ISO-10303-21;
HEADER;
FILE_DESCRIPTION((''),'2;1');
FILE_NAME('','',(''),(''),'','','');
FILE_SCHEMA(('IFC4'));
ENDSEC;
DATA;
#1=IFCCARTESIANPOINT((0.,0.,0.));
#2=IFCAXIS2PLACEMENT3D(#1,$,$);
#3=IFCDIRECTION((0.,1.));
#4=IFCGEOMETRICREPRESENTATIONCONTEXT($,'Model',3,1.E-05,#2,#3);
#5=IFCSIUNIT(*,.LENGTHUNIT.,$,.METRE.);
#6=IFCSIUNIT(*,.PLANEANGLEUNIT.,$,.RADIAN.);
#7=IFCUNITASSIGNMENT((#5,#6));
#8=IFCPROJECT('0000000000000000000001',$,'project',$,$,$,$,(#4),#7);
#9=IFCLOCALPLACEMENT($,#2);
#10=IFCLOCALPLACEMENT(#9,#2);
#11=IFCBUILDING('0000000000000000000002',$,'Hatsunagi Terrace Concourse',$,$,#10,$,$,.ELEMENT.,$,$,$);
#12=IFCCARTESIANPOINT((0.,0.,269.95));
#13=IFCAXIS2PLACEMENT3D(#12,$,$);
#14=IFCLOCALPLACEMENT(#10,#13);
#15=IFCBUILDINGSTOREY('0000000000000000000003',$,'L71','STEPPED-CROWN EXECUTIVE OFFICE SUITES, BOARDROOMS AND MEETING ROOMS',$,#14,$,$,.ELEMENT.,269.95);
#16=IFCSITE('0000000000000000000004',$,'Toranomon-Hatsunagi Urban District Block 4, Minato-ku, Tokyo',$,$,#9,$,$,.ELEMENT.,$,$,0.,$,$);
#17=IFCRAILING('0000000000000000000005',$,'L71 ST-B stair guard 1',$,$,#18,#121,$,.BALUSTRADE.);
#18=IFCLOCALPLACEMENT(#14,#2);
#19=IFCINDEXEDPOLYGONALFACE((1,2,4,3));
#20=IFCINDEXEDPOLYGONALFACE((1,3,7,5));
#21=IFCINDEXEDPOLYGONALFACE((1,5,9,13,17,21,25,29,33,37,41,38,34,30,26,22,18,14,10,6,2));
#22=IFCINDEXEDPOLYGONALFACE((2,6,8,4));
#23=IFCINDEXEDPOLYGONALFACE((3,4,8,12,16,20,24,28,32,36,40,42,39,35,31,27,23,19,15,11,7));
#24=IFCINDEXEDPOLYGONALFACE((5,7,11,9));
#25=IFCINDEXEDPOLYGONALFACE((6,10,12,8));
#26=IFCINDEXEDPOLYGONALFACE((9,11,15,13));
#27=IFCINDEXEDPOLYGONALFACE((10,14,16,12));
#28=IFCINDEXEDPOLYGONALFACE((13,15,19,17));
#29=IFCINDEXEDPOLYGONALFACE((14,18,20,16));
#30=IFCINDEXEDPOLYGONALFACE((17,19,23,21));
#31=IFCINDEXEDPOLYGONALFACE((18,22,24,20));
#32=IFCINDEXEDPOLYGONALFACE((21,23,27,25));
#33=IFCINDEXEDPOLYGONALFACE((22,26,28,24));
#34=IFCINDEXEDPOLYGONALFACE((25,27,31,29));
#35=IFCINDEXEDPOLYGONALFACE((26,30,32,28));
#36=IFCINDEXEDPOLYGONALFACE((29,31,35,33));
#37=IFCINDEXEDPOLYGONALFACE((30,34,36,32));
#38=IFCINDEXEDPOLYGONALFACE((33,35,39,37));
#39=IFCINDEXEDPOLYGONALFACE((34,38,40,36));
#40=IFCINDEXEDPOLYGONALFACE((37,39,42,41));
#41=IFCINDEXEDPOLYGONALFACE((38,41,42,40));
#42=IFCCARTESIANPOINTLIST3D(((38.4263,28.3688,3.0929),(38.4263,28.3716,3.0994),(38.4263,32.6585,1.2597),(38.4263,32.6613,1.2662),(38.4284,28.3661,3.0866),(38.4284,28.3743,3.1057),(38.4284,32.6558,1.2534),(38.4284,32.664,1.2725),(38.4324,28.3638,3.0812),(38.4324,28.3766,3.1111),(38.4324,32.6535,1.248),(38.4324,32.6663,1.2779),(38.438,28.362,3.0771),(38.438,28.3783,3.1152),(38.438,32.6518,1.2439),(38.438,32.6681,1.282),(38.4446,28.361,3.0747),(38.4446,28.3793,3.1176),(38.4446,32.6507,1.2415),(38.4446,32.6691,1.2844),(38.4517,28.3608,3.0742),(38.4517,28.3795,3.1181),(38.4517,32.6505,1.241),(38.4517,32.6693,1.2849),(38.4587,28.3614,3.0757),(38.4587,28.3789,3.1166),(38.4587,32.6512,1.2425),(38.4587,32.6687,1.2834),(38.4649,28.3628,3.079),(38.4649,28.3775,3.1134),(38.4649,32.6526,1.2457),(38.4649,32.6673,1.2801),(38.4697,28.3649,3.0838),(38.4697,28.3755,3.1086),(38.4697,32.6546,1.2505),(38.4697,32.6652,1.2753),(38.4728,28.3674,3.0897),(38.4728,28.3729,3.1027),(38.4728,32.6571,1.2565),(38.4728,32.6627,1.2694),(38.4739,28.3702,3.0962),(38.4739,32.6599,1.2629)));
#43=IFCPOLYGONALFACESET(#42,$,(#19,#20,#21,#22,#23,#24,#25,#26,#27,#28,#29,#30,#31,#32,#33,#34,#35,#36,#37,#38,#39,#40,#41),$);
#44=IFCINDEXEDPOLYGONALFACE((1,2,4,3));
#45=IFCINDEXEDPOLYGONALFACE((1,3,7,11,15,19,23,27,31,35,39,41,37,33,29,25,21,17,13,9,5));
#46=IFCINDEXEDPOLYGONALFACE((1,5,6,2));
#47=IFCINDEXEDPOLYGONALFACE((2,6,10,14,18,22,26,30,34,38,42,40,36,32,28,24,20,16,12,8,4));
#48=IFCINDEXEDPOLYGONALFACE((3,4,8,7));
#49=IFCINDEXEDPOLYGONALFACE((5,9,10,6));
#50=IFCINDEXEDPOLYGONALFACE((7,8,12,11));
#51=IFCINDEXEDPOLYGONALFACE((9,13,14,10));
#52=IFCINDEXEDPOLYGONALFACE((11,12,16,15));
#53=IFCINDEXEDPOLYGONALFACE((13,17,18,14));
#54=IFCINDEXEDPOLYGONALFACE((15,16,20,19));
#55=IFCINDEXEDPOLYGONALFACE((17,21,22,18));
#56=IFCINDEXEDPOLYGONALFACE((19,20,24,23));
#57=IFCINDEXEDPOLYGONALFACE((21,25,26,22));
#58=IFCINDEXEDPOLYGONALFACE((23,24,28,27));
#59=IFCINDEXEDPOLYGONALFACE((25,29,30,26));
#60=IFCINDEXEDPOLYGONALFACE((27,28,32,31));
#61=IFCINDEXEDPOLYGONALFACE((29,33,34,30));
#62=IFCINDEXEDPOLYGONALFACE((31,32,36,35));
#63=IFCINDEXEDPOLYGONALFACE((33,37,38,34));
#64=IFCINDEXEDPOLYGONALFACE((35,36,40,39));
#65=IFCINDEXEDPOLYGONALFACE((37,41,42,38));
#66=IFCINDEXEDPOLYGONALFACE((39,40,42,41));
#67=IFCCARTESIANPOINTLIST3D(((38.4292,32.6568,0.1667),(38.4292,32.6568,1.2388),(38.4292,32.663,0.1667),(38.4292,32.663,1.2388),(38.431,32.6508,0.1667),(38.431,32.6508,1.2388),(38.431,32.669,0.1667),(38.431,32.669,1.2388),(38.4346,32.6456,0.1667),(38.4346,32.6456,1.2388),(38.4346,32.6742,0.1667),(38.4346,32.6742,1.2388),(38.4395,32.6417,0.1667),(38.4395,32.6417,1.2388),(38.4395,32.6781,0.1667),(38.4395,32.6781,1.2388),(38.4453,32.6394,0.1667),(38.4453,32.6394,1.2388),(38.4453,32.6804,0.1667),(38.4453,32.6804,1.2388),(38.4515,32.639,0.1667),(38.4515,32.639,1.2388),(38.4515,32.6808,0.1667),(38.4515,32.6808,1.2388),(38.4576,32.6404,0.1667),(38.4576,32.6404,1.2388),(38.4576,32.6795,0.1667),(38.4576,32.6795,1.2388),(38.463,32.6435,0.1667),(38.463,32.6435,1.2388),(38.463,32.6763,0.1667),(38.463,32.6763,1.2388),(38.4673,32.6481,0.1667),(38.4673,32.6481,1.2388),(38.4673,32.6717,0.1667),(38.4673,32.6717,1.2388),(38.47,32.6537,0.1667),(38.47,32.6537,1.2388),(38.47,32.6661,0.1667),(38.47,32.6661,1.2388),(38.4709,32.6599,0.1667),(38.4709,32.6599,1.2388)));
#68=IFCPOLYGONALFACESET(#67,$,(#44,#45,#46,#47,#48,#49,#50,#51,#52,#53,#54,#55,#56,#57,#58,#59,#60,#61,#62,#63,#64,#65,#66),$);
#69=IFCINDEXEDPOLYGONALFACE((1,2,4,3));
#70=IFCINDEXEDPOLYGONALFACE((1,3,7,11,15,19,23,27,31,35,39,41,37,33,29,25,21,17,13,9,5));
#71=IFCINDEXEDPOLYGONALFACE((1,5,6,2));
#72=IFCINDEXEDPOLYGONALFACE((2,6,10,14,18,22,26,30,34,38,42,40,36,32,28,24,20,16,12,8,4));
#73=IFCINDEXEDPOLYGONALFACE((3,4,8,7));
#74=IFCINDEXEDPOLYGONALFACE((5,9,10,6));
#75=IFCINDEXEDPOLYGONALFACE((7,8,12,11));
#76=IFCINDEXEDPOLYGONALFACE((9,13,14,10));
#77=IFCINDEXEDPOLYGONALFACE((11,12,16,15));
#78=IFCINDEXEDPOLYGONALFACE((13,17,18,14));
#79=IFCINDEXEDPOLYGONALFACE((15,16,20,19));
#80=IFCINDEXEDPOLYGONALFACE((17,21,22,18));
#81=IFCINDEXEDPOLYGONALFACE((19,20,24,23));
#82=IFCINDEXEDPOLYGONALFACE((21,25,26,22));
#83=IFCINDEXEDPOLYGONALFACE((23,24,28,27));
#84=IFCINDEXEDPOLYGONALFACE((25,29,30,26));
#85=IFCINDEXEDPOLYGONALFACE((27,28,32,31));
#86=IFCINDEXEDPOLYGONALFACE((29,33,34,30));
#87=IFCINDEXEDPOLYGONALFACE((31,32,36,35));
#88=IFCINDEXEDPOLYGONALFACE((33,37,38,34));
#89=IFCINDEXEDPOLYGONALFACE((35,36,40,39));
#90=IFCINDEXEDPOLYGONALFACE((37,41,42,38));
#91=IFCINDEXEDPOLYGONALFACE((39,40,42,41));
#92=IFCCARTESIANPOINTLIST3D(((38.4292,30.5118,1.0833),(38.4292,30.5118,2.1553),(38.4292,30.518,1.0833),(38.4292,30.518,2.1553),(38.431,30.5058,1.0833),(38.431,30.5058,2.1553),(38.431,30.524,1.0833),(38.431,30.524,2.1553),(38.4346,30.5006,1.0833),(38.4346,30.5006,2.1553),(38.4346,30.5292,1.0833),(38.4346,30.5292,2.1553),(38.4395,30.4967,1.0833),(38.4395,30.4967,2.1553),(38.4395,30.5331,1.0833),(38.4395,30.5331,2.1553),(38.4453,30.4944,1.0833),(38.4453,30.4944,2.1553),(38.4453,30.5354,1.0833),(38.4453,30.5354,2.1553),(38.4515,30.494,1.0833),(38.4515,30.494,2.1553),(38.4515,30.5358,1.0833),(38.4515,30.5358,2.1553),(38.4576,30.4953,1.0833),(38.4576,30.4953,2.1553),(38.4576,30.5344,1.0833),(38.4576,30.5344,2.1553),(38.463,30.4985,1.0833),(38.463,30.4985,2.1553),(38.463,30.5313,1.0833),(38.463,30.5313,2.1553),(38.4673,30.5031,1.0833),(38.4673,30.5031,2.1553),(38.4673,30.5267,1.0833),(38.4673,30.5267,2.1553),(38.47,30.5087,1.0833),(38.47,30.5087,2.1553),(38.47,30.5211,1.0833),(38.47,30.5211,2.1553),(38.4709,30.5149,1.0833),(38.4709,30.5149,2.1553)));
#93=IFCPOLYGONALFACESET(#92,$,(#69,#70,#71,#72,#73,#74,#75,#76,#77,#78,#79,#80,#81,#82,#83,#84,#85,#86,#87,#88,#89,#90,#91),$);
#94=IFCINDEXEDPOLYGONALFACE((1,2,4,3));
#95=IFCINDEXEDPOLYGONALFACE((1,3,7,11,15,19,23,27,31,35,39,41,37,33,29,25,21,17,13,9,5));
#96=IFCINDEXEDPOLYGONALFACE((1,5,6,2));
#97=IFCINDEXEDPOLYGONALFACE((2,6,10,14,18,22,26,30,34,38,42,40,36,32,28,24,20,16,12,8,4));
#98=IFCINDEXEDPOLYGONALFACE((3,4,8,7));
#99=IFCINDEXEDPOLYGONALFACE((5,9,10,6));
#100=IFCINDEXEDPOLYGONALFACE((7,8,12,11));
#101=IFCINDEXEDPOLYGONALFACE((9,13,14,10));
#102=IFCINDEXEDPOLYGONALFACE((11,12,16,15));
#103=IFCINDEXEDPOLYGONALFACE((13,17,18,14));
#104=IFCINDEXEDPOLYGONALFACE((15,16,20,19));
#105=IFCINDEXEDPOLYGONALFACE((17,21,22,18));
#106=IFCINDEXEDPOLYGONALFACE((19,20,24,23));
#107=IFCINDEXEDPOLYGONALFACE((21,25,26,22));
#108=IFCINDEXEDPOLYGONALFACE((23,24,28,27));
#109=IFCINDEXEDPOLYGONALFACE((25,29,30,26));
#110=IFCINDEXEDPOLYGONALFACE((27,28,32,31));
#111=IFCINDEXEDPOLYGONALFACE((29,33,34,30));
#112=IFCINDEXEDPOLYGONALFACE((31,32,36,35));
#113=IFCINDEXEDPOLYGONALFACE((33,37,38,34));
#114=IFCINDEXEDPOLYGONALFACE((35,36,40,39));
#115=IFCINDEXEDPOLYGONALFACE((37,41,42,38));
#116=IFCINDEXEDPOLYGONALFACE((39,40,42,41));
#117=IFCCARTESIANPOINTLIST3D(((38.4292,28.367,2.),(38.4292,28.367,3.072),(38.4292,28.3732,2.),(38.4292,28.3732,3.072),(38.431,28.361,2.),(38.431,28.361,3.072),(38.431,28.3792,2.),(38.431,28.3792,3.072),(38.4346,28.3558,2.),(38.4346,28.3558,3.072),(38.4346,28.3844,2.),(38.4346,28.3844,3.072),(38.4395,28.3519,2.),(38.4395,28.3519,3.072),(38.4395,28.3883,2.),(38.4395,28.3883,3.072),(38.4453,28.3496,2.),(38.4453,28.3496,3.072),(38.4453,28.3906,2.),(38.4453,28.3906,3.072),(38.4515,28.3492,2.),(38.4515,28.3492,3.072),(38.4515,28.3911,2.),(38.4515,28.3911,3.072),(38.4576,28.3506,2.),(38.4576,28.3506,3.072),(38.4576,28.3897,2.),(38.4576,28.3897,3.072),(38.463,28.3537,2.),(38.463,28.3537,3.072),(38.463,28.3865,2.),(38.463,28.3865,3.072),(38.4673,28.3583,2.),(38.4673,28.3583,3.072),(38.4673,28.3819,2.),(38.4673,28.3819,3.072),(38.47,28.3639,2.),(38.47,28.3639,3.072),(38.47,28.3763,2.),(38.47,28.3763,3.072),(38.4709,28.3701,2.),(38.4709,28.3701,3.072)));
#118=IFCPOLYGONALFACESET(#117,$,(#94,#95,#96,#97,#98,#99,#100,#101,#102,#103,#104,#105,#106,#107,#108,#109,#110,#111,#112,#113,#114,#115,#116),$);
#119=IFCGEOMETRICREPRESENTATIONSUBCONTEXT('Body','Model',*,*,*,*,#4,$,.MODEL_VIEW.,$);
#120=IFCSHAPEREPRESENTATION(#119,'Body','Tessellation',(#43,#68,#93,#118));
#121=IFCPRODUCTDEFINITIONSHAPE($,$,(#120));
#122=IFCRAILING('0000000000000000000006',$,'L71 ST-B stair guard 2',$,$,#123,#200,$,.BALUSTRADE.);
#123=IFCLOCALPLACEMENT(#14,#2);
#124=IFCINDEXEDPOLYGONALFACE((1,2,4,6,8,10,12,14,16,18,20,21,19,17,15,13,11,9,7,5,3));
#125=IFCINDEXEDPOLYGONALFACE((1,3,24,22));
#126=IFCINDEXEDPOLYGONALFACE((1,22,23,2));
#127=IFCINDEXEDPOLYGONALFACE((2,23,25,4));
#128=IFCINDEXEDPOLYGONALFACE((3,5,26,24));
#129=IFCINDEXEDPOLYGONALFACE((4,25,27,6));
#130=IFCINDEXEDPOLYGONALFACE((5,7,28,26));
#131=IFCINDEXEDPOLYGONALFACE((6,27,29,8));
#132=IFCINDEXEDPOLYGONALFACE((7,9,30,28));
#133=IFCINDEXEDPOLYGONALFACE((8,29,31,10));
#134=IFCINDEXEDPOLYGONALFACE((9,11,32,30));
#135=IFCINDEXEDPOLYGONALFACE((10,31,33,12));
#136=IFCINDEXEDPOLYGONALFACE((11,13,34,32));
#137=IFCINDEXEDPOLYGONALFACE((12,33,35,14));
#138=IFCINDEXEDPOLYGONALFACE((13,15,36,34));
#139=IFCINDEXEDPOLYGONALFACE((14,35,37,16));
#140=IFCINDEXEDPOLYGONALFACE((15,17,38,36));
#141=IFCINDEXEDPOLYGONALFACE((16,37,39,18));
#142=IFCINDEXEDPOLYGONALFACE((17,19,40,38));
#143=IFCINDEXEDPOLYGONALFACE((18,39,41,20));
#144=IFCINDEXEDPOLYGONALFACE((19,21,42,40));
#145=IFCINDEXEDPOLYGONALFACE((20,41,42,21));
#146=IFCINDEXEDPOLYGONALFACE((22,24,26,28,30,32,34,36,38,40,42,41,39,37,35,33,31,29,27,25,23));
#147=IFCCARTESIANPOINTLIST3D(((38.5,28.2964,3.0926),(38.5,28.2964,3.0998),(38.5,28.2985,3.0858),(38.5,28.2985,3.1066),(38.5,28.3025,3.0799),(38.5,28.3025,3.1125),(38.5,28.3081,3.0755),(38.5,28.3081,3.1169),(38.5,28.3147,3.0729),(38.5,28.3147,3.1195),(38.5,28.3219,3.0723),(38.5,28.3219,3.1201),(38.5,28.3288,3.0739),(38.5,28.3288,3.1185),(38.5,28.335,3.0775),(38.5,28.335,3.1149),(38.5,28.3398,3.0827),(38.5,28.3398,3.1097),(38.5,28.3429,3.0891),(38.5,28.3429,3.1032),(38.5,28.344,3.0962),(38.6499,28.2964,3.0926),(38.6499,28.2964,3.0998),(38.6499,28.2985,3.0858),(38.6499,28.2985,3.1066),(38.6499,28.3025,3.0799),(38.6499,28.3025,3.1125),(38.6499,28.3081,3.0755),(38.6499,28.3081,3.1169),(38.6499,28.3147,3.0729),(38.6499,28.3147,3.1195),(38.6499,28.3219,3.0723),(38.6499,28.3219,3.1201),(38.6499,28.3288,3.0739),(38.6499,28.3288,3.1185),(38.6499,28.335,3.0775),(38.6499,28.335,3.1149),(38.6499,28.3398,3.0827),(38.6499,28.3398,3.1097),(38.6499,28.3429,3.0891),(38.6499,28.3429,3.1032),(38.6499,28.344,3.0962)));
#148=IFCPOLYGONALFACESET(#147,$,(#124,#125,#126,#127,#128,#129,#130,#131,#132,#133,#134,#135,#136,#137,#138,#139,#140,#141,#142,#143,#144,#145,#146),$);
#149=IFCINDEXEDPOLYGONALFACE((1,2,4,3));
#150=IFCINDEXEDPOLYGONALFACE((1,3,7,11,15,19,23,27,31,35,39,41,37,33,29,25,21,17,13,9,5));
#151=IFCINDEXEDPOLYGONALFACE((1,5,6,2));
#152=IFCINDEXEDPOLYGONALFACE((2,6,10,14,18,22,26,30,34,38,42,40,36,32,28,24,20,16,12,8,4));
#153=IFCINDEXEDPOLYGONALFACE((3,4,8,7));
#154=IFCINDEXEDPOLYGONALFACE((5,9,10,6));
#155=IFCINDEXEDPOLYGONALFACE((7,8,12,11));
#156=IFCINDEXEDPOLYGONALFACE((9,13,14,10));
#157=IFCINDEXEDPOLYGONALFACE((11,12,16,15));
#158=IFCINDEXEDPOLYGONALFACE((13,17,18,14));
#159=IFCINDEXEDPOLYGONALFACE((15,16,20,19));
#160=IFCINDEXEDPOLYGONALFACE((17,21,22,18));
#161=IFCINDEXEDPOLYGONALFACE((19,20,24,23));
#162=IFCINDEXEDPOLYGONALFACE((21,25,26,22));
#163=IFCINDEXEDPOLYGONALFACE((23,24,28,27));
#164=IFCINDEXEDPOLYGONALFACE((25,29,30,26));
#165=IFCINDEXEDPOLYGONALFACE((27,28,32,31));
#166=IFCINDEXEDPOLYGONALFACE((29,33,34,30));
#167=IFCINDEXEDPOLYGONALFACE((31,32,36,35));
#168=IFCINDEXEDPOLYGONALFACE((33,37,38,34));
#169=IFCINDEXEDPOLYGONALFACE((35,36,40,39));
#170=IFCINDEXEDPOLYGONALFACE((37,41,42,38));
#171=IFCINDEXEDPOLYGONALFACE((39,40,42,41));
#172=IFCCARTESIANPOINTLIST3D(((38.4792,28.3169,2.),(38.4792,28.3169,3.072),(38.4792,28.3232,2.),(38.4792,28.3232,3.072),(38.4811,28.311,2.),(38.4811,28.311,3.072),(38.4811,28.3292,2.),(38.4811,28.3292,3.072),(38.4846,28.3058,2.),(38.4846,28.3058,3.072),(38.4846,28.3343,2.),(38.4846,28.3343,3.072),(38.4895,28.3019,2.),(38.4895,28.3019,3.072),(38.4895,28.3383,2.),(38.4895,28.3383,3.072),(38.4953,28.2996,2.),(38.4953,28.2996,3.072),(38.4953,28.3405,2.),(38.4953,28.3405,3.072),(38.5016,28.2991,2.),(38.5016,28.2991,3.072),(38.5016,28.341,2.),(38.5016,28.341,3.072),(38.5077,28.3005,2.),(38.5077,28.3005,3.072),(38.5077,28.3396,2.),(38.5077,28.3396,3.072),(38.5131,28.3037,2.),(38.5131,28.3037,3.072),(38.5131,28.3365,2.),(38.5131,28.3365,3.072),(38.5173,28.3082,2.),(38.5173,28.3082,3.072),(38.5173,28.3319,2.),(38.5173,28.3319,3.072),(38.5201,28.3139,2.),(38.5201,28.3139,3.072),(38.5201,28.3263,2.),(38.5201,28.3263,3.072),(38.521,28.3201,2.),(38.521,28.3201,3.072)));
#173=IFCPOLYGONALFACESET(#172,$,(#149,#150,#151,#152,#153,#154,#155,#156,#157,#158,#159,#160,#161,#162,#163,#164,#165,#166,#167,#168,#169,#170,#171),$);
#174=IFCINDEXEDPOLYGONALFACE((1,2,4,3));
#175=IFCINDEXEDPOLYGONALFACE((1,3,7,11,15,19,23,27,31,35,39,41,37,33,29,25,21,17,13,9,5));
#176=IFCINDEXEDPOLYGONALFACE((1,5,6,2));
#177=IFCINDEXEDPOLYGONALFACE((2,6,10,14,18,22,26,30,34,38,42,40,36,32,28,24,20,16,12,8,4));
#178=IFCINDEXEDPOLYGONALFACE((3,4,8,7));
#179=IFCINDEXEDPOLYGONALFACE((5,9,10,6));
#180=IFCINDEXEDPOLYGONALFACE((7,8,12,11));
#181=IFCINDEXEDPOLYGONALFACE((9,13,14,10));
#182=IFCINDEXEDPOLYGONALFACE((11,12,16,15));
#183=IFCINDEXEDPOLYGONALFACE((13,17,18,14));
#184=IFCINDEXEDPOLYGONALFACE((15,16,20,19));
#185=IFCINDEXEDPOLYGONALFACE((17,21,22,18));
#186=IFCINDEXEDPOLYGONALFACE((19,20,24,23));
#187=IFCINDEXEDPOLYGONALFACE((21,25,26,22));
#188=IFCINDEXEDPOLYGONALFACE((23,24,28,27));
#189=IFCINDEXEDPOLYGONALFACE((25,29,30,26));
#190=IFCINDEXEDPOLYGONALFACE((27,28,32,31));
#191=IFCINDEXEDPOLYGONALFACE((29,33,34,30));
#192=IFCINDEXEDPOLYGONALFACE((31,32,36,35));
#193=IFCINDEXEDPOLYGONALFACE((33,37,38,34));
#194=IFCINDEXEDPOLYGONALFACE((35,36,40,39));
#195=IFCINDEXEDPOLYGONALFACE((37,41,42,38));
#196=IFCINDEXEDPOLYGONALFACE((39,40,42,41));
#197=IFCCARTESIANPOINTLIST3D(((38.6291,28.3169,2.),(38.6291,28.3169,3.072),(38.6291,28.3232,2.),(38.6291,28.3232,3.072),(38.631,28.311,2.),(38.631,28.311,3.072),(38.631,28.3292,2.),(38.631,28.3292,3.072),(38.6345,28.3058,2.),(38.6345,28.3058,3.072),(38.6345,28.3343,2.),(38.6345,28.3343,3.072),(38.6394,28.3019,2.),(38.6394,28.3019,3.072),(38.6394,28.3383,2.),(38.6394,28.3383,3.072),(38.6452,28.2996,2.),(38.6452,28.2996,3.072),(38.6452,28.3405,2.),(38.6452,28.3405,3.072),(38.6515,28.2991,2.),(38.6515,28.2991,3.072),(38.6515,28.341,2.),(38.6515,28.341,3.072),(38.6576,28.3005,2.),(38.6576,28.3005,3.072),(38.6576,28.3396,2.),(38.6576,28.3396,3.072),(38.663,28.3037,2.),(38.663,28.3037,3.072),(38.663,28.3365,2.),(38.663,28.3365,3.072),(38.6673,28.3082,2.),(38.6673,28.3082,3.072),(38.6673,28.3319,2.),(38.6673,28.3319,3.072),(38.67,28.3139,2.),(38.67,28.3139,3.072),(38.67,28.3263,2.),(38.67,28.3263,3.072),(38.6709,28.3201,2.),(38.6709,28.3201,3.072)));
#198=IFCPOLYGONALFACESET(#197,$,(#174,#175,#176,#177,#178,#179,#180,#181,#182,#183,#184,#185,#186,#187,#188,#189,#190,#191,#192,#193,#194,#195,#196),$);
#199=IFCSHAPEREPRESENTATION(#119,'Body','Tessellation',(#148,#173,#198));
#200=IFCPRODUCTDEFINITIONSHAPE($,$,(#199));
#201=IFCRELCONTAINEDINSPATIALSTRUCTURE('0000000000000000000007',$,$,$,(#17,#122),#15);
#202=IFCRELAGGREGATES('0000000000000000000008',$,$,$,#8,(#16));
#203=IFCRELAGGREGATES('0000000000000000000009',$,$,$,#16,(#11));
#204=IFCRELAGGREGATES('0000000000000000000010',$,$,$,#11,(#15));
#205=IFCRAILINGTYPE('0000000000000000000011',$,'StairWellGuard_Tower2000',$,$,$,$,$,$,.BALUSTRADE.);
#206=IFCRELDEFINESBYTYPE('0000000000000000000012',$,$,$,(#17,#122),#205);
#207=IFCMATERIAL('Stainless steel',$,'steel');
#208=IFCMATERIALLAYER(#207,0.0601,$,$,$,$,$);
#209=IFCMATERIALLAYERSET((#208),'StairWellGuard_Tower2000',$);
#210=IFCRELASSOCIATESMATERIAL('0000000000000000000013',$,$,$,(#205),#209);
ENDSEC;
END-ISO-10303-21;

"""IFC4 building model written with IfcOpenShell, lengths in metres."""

from ifc_helpers import new_model, si_unit, direction, frame, origin, origin_2d, place, context, subcontext, project, spatial, circle, extrude, material, layer, layer_set, type_object, element, save


model = new_model("IFC4")

# Units and contexts
model_context = context("Model", 3, precision=1e-05, world=origin(), true_north=direction((0.0, 1.0)))
body_context = subcontext(model_context, "Body", "Model", "MODEL_VIEW")
ifc_project = project(units=[si_unit("LENGTHUNIT", "METRE"), si_unit("PLANEANGLEUNIT", "RADIAN")], contexts=[model_context])

# Site, building, storey
site_placement = place(None, origin())
site = spatial("IfcSite", under=ifc_project, at=site_placement, Name="Toranomon-Hatsunagi Urban District Block 4, Minato-ku, Tokyo", CompositionType="ELEMENT", RefElevation=0.0)
building_placement = place(site_placement, origin())
building = spatial("IfcBuilding", under=site, at=building_placement, Name="Hatsunagi Terrace Concourse", CompositionType="ELEMENT")
storey_placement = place(building_placement, frame((0.0, 0.0, 269.95)))
storey = spatial("IfcBuildingStorey", under=building, at=storey_placement, Name="L71", Description="STEPPED-CROWN EXECUTIVE OFFICE SUITES, BOARDROOMS AND MEETING ROOMS", CompositionType="ELEMENT", Elevation=269.95)

# Railings
ifc_material_1 = material(Name="Stainless steel", Category="steel")
ifc_layer_1 = layer(ifc_material_1, 0.0601)
ifc_layer_set_1 = layer_set([ifc_layer_1], Name="StairWellGuard_Tower2000")
railing_type_1 = type_object("IfcRailingType", Name="StairWellGuard_Tower2000", PredefinedType="BALUSTRADE", material=ifc_layer_set_1)
railing_1_placement = place(storey_placement, frame((38.45, 32.6599, 0.1667)))
element("IfcRailing", 1, at=railing_1_placement, inside=storey, type_object=railing_type_1, Name="L71 ST-B stair guard 1", PredefinedType="BALUSTRADE", context=body_context, shape_type="SweptSolid", body=[
    extrude(circle(Radius=0.0239, at=origin_2d()), frame((0.0, 0.0, 1.0962), z_axis=(0.0, -0.919551, 0.392972), x_axis=(1.0, 0.0, 0.0)), (0.0, 0.0, 1.0), 4.665),
    extrude(circle(Radius=0.021, at=origin_2d()), origin(), (0.0, 0.0, 1.0), 1.072),
    extrude(circle(Radius=0.021, at=origin_2d()), frame((0.0, -2.145, 0.9165)), (0.0, 0.0, 1.0), 1.072),
    extrude(circle(Radius=0.021, at=origin_2d()), frame((0.0, -4.2898, 1.8333)), (0.0, 0.0, 1.0), 1.072),
])
railing_2_placement = place(storey_placement, frame((38.5, 28.3201, 2.0)))
element("IfcRailing", 2, at=railing_2_placement, inside=storey, type_object=railing_type_1, Name="L71 ST-B stair guard 2", PredefinedType="BALUSTRADE", context=body_context, shape_type="SweptSolid", body=[
    extrude(circle(Radius=0.0239, at=origin_2d()), frame((0.0, 0.0, 1.0962), z_axis=(1.0, 0.0, 0.0), x_axis=(0.0, 1.0, 0.0)), (0.0, 0.0, 1.0), 0.1499),
    extrude(circle(Radius=0.021, at=origin_2d()), origin(), (0.0, 0.0, 1.0), 1.072),
    extrude(circle(Radius=0.021, at=origin_2d()), frame((0.1499, 0.0, 0.0)), (0.0, 0.0, 1.0), 1.072),
])

save(model, "model.ifc")
